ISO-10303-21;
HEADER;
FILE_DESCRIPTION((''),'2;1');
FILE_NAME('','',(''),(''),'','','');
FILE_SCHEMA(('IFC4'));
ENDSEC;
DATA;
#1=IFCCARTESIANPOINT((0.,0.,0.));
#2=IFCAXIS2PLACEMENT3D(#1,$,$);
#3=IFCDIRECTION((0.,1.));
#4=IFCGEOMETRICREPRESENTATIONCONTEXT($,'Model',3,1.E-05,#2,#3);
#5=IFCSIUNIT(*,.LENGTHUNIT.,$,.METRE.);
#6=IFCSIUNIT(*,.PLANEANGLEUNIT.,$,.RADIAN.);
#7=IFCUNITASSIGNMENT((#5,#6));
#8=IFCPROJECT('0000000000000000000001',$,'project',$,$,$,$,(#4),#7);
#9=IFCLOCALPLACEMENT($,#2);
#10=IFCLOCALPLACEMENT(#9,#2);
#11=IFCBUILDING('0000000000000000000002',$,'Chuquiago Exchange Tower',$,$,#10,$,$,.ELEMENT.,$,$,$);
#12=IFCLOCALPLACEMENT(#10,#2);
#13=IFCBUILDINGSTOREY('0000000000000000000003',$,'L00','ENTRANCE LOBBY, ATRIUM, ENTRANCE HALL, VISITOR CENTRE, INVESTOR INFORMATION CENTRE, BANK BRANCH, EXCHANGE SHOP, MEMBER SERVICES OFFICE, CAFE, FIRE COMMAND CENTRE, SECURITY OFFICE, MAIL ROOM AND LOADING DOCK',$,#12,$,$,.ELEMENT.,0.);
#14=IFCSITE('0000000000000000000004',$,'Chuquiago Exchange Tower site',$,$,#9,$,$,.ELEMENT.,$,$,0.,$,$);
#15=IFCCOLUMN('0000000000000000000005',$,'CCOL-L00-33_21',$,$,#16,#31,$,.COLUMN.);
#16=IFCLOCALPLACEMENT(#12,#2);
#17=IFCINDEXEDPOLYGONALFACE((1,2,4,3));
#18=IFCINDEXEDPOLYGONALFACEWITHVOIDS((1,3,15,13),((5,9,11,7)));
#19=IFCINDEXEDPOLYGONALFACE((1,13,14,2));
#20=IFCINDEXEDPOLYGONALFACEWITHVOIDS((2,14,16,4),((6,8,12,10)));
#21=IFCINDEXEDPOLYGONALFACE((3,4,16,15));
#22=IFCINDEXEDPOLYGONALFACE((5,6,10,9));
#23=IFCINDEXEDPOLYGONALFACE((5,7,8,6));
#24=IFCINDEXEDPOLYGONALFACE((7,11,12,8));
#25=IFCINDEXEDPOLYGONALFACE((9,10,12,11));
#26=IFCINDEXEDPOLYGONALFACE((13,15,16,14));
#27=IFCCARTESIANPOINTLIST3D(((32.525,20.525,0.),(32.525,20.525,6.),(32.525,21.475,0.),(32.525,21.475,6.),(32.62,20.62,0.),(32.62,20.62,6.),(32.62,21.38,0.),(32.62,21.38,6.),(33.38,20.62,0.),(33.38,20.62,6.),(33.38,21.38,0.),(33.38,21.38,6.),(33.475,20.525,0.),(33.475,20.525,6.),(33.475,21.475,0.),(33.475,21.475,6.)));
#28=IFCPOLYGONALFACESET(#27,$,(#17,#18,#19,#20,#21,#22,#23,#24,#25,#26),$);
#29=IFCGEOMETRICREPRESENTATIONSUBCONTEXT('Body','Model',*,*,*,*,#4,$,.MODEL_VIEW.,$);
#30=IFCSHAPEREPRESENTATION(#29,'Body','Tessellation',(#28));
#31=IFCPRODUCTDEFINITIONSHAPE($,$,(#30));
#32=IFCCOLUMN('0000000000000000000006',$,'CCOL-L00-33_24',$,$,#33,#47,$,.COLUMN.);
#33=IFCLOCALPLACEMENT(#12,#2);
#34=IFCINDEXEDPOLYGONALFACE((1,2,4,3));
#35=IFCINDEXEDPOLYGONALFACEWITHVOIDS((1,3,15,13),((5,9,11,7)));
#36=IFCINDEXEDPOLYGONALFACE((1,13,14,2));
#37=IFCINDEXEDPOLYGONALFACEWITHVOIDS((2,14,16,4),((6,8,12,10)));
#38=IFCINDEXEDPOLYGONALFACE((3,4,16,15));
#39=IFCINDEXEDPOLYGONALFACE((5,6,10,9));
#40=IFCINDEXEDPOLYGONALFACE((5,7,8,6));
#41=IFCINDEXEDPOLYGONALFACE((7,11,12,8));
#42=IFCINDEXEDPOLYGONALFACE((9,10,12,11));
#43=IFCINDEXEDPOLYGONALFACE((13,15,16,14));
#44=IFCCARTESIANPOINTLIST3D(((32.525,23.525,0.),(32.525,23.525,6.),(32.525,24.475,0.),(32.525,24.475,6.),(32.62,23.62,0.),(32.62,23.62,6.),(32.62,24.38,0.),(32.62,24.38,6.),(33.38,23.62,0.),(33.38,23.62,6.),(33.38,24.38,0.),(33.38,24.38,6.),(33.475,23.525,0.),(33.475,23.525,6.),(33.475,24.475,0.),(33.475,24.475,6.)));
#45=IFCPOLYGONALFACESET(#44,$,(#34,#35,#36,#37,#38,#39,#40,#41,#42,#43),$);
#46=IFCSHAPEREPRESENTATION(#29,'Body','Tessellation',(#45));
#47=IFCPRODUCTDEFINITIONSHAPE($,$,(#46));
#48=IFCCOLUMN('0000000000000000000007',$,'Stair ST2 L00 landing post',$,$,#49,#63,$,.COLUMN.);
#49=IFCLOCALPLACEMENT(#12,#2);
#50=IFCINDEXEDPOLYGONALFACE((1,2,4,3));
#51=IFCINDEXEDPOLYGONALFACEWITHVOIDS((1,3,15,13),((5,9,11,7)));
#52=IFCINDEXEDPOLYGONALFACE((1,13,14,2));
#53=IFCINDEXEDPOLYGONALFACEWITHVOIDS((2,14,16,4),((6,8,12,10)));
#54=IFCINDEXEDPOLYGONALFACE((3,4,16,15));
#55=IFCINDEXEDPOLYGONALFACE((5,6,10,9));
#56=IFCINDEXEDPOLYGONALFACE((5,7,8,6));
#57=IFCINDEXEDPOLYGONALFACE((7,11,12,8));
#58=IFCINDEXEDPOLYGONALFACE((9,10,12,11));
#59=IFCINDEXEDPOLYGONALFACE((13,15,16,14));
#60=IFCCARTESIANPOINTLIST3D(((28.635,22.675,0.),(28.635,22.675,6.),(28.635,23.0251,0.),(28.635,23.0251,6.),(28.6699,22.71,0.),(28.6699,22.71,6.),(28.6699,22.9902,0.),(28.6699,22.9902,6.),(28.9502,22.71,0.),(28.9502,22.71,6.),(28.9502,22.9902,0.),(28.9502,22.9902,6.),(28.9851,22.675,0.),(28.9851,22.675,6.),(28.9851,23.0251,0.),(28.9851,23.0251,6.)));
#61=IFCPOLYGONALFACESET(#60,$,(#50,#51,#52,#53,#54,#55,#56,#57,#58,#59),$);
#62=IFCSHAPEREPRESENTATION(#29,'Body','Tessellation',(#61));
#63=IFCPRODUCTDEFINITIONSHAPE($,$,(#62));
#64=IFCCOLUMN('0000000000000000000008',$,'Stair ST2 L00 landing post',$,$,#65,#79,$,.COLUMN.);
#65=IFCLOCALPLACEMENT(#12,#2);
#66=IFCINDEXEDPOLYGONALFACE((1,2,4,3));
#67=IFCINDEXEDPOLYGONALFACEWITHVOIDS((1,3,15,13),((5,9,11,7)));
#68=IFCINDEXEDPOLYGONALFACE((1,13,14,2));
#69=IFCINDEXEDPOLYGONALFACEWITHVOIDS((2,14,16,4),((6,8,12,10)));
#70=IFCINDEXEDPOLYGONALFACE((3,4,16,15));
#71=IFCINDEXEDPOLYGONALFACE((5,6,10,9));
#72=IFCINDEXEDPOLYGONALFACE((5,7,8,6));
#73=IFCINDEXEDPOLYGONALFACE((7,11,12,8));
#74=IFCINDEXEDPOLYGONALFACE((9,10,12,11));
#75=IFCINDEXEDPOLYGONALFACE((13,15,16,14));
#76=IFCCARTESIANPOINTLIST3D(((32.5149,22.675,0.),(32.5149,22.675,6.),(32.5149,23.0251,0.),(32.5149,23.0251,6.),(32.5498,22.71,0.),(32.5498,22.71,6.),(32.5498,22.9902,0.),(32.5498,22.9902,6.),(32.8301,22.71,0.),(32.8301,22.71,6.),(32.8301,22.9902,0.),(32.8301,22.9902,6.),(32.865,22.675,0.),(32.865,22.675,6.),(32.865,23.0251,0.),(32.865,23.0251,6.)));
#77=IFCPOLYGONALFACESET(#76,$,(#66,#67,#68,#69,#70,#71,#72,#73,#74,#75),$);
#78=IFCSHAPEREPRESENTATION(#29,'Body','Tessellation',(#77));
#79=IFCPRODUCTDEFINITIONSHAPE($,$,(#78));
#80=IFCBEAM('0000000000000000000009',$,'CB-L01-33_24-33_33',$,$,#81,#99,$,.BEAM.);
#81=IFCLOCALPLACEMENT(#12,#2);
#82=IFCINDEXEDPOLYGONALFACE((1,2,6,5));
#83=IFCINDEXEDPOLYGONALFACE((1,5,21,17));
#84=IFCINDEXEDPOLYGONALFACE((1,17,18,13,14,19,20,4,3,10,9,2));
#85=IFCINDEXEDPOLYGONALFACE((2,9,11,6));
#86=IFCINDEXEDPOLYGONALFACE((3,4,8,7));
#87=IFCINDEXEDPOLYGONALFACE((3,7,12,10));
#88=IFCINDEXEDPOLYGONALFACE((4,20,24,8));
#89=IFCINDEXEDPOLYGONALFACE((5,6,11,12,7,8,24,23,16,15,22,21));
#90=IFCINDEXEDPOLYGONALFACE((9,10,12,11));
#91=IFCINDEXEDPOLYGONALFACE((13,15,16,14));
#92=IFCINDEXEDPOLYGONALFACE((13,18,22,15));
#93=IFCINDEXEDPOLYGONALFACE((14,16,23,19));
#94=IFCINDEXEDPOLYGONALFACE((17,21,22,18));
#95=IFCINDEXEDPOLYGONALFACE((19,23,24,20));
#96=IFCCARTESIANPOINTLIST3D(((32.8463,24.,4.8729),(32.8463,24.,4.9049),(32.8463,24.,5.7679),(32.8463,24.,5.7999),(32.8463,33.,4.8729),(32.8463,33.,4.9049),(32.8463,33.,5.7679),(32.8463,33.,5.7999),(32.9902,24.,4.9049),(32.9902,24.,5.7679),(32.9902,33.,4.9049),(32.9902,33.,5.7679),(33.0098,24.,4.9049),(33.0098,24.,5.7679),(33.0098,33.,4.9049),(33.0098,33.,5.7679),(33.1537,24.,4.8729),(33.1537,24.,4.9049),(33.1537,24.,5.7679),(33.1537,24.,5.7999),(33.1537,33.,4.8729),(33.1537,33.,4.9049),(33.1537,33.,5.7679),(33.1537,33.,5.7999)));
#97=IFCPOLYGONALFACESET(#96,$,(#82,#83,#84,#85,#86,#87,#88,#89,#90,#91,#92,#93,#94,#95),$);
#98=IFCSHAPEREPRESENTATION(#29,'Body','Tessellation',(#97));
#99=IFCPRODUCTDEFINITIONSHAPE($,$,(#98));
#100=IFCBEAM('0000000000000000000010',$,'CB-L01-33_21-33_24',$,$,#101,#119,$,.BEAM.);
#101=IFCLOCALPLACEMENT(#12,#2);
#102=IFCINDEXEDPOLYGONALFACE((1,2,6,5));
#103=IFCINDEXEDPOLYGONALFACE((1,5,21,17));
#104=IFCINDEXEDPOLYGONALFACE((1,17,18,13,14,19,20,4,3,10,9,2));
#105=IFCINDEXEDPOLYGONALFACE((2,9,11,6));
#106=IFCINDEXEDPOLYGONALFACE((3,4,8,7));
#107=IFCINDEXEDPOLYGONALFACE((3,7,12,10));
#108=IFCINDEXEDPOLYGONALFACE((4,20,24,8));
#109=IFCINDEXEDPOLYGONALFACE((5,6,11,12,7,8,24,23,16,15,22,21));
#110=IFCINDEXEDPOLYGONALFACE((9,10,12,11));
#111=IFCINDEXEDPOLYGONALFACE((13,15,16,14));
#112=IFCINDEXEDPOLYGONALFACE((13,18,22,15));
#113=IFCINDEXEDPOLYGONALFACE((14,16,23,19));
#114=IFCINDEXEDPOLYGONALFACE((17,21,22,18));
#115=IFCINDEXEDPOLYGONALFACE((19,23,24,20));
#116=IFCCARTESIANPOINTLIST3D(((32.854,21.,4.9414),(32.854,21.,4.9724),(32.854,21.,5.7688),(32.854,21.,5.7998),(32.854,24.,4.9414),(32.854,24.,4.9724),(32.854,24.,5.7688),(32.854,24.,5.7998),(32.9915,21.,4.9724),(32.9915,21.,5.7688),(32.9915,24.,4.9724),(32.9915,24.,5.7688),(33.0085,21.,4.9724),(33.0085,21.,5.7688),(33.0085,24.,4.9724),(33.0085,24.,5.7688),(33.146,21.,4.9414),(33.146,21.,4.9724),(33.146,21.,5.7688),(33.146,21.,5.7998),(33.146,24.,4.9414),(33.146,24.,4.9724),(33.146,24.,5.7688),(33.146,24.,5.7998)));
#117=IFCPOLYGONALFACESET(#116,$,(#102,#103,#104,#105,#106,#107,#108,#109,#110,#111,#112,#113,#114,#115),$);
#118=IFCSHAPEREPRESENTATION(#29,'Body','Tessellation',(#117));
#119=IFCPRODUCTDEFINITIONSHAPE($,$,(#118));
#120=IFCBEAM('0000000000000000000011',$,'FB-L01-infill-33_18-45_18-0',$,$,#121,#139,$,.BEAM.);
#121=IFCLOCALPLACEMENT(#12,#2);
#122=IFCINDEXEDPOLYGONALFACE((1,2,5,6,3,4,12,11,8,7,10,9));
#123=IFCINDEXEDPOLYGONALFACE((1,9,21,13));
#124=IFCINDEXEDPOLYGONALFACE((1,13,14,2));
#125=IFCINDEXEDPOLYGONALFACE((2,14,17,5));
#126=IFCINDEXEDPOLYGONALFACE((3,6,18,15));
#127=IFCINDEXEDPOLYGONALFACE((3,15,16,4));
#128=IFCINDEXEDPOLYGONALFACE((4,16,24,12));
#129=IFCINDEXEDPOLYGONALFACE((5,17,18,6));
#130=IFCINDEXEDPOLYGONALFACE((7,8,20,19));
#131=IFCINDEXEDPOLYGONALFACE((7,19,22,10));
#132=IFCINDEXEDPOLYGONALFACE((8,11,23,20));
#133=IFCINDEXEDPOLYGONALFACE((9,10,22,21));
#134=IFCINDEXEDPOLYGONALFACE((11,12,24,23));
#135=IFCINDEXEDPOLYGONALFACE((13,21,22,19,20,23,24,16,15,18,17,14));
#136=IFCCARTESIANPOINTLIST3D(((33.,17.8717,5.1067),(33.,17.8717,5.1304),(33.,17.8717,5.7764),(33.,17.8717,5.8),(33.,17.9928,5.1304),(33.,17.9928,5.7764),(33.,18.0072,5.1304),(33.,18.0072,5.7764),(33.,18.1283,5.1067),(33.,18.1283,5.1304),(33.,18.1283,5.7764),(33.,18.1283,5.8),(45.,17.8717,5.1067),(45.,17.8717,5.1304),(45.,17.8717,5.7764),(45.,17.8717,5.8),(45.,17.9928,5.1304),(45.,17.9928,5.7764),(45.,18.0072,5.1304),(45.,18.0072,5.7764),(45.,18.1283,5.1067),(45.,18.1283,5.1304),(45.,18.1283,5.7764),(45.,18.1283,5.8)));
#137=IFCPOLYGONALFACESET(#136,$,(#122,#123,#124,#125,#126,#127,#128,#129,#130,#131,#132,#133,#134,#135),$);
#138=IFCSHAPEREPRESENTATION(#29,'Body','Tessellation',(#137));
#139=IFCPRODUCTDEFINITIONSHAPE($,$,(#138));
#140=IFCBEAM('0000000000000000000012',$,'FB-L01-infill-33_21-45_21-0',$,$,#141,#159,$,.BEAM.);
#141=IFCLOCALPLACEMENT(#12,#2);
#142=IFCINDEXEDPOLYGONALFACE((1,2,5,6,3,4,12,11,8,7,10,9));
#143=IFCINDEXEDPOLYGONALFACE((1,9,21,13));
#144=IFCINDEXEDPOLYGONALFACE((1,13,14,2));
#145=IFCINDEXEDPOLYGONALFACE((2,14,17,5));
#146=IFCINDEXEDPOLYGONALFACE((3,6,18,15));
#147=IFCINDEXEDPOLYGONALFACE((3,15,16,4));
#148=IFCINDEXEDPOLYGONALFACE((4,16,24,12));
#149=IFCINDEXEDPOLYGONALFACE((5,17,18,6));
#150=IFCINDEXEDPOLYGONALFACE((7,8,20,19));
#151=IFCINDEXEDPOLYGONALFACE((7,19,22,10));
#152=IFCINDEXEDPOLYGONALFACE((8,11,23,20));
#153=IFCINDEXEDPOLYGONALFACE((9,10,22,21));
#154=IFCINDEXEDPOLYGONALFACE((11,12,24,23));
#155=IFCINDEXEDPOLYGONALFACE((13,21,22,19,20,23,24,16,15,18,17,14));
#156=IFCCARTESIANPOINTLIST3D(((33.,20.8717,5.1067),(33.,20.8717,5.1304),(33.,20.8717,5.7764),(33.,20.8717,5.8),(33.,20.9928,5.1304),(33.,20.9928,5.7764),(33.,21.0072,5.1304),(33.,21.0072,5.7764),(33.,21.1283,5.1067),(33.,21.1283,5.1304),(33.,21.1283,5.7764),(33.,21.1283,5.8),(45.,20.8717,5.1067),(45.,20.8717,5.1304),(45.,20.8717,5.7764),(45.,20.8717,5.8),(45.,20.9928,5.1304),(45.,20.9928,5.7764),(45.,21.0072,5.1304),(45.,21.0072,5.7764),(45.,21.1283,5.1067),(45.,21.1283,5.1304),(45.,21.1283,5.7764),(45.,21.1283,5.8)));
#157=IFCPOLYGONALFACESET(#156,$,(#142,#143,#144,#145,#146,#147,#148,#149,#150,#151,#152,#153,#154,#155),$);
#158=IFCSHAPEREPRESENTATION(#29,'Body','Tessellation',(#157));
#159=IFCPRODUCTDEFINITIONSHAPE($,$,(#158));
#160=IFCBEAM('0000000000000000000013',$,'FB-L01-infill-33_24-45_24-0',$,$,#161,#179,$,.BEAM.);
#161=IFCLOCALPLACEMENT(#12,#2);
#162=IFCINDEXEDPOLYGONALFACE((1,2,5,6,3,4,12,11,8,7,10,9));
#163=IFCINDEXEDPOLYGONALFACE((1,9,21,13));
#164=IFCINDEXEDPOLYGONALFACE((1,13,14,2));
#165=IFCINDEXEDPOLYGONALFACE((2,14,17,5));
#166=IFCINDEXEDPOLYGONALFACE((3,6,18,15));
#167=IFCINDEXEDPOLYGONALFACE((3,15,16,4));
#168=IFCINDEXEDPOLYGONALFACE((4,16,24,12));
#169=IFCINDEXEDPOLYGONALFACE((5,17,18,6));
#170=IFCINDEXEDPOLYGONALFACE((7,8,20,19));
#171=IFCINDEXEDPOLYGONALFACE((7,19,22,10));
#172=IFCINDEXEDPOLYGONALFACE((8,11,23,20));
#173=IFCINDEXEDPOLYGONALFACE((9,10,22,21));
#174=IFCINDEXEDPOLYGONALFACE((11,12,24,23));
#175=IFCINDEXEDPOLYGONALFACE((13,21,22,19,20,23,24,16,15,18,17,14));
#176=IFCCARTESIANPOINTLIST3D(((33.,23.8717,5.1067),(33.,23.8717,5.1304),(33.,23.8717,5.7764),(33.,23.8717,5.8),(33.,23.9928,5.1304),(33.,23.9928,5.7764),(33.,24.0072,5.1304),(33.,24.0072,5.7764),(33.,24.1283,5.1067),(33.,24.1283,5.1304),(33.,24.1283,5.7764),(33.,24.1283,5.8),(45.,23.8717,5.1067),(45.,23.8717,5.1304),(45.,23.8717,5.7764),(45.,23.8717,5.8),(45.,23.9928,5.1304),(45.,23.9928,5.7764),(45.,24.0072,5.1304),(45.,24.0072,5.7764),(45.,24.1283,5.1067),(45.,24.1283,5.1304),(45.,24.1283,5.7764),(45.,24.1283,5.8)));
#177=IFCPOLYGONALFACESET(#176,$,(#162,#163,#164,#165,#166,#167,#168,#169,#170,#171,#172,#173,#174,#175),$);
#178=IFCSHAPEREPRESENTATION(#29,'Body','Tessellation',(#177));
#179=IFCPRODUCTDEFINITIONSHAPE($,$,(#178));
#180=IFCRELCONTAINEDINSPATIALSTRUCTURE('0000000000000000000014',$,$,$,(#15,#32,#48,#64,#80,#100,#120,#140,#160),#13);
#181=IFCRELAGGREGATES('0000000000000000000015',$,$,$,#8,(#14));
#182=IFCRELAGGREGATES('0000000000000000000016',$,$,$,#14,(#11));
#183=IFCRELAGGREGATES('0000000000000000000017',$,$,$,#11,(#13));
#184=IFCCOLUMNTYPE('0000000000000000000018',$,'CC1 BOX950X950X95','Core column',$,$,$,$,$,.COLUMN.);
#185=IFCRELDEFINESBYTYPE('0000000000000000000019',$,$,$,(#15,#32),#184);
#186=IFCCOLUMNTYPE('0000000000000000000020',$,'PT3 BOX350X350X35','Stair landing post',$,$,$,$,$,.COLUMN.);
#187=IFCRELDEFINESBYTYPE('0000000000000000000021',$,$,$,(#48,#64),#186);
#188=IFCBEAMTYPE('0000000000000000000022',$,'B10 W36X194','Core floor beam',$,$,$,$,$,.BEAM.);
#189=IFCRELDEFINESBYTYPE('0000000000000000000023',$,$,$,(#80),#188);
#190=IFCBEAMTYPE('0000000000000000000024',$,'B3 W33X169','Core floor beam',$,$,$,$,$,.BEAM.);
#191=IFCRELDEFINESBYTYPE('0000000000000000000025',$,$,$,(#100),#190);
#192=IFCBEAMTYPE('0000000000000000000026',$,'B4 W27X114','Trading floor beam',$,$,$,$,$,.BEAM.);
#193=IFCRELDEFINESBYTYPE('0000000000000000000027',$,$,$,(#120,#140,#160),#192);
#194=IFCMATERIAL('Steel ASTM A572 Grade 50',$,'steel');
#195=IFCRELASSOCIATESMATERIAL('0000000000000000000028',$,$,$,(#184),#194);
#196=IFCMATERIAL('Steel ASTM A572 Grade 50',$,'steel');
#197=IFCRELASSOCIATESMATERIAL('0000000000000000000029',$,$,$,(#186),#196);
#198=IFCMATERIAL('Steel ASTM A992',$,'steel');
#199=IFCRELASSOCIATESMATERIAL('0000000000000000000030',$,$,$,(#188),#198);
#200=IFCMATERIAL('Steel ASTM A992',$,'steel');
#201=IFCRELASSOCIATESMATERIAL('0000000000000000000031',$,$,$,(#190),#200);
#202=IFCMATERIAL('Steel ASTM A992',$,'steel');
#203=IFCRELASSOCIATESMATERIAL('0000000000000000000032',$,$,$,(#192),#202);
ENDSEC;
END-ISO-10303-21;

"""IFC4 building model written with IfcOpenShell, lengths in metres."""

from ifc_helpers import new_model, si_unit, direction, frame, origin, origin_2d, place, context, subcontext, project, spatial, hollow_rectangle, i_section, extrude, material, material_profile, profile_set, type_object, element, save


model = new_model("IFC4")

# Units and contexts
model_context = context("Model", 3, precision=1e-05, world=origin(), true_north=direction((0.0, 1.0)))
body_context = subcontext(model_context, "Body", "Model", "MODEL_VIEW")
ifc_project = project(units=[si_unit("LENGTHUNIT", "METRE"), si_unit("PLANEANGLEUNIT", "RADIAN")], contexts=[model_context])

# Site, building, storey
site_placement = place(None, origin())
site = spatial("IfcSite", under=ifc_project, at=site_placement, Name="Chuquiago Exchange Tower site", CompositionType="ELEMENT", RefElevation=0.0)
building_placement = place(site_placement, origin())
building = spatial("IfcBuilding", under=site, at=building_placement, Name="Chuquiago Exchange Tower", CompositionType="ELEMENT")
storey_placement = place(building_placement, origin())
storey = spatial("IfcBuildingStorey", under=building, at=storey_placement, Name="L00", Description="ENTRANCE LOBBY, ATRIUM, ENTRANCE HALL, VISITOR CENTRE, INVESTOR INFORMATION CENTRE, BANK BRANCH, EXCHANGE SHOP, MEMBER SERVICES OFFICE, CAFE, FIRE COMMAND CENTRE, SECURITY OFFICE, MAIL ROOM AND LOADING DOCK", CompositionType="ELEMENT", Elevation=0.0)

# Columns
ifc_material_1 = material(Name="Steel ASTM A572 Grade 50", Category="steel")
ifc_material_profile_1 = material_profile(ifc_material_1, hollow_rectangle(XDim=0.95, YDim=0.95, WallThickness=0.095, at=origin_2d()), Name="BOX950X950X95")
ifc_profile_set_1 = profile_set([ifc_material_profile_1], Name="Steel ASTM A572 Grade 50")
column_type_1 = type_object("IfcColumnType", Name="CC1 BOX950X950X95", Description="Core column", PredefinedType="COLUMN", material=ifc_profile_set_1)
for number, where, z_axis, x_axis, name in (
    (1, (33.0, 21.0, 0.0), (0.0, 0.0, 1.0), (1.0, 0.0, 0.0), "CCOL-L00-33_21"),
    (2, (33.0, 24.0, 0.0), (0.0, 0.0, 1.0), (1.0, 0.0, 0.0), "CCOL-L00-33_24"),
):
    element("IfcColumn", number, at=place(storey_placement, frame(where, z_axis=z_axis, x_axis=x_axis)), inside=storey, type_object=column_type_1, Name=name, PredefinedType="COLUMN", context=body_context, shape_type="SweptSolid", body=[
        extrude(hollow_rectangle(XDim=0.95, YDim=0.95, WallThickness=0.095, at=origin_2d()), origin(), (0.0, 0.0, 1.0), 6.0),
    ])
ifc_material_2 = material(Name="Steel ASTM A572 Grade 50", Category="steel")
ifc_material_profile_2 = material_profile(ifc_material_2, hollow_rectangle(XDim=0.3501, YDim=0.3501, WallThickness=0.0349, at=origin_2d()), Name="BOX350X350X35")
ifc_profile_set_2 = profile_set([ifc_material_profile_2], Name="Steel ASTM A572 Grade 50")
column_type_2 = type_object("IfcColumnType", Name="PT3 BOX350X350X35", Description="Stair landing post", PredefinedType="COLUMN", material=ifc_profile_set_2)
for number, where, z_axis, x_axis, name in (
    (3, (28.8101, 22.8501, 0.0), (0.0, 0.0, 1.0), (1.0, 0.0, 0.0), "Stair ST2 L00 landing post"),
    (4, (32.6899, 22.8501, 0.0), (0.0, 0.0, 1.0), (1.0, 0.0, 0.0), "Stair ST2 L00 landing post"),
):
    element("IfcColumn", number, at=place(storey_placement, frame(where, z_axis=z_axis, x_axis=x_axis)), inside=storey, type_object=column_type_2, Name=name, PredefinedType="COLUMN", context=body_context, shape_type="SweptSolid", body=[
        extrude(hollow_rectangle(XDim=0.3501, YDim=0.3501, WallThickness=0.0349, at=origin_2d()), origin(), (0.0, 0.0, 1.0), 6.0),
    ])

# Beams
ifc_material_3 = material(Name="Steel ASTM A992", Category="steel")
ifc_material_profile_3 = material_profile(ifc_material_3, i_section(OverallWidth=0.3074, OverallDepth=0.927, WebThickness=0.0195, FlangeThickness=0.032, at=origin_2d()), Name="W36X194")
ifc_profile_set_3 = profile_set([ifc_material_profile_3], Name="Steel ASTM A992")
beam_type_1 = type_object("IfcBeamType", Name="B10 W36X194", Description="Core floor beam", PredefinedType="BEAM", material=ifc_profile_set_3)
beam_1_placement = place(storey_placement, frame((33.0, 24.0, 5.3364), z_axis=(0.0, 1.0, 0.0), x_axis=(-1.0, 0.0, 0.0)))
element("IfcBeam", 5, at=beam_1_placement, inside=storey, type_object=beam_type_1, Name="CB-L01-33_24-33_33", PredefinedType="BEAM", context=body_context, shape_type="SweptSolid", body=[
    extrude(i_section(OverallWidth=0.3074, OverallDepth=0.927, WebThickness=0.0195, FlangeThickness=0.032, at=origin_2d()), origin(), (0.0, 0.0, 1.0), 9.0),
])
ifc_material_4 = material(Name="Steel ASTM A992", Category="steel")
ifc_material_profile_4 = material_profile(ifc_material_4, i_section(OverallWidth=0.292, OverallDepth=0.8584, WebThickness=0.0171, FlangeThickness=0.031, at=origin_2d()), Name="W33X169")
ifc_profile_set_4 = profile_set([ifc_material_profile_4], Name="Steel ASTM A992")
beam_type_2 = type_object("IfcBeamType", Name="B3 W33X169", Description="Core floor beam", PredefinedType="BEAM", material=ifc_profile_set_4)
beam_2_placement = place(storey_placement, frame((33.0, 21.0, 5.3706), z_axis=(0.0, 1.0, 0.0), x_axis=(-1.0, 0.0, 0.0)))
element("IfcBeam", 6, at=beam_2_placement, inside=storey, type_object=beam_type_2, Name="CB-L01-33_21-33_24", PredefinedType="BEAM", context=body_context, shape_type="SweptSolid", body=[
    extrude(i_section(OverallWidth=0.292, OverallDepth=0.8584, WebThickness=0.0171, FlangeThickness=0.031, at=origin_2d()), origin(), (0.0, 0.0, 1.0), 3.0),
])
ifc_material_5 = material(Name="Steel ASTM A992", Category="steel")
ifc_material_profile_5 = material_profile(ifc_material_5, i_section(OverallWidth=0.2566, OverallDepth=0.6934, WebThickness=0.0144, FlangeThickness=0.0237, at=origin_2d()), Name="W27X114")
ifc_profile_set_5 = profile_set([ifc_material_profile_5], Name="Steel ASTM A992")
beam_type_3 = type_object("IfcBeamType", Name="B4 W27X114", Description="Trading floor beam", PredefinedType="BEAM", material=ifc_profile_set_5)
for number, where, z_axis, x_axis, name in (
    (7, (33.0, 18.0, 5.4534), (1.0, 0.0, 0.0), (0.0, 1.0, 0.0), "FB-L01-infill-33_18-45_18-0"),
    (8, (33.0, 21.0, 5.4534), (1.0, 0.0, 0.0), (0.0, 1.0, 0.0), "FB-L01-infill-33_21-45_21-0"),
    (9, (33.0, 24.0, 5.4534), (1.0, 0.0, 0.0), (0.0, 1.0, 0.0), "FB-L01-infill-33_24-45_24-0"),
):
    element("IfcBeam", number, at=place(storey_placement, frame(where, z_axis=z_axis, x_axis=x_axis)), inside=storey, type_object=beam_type_3, Name=name, PredefinedType="BEAM", context=body_context, shape_type="SweptSolid", body=[
        extrude(i_section(OverallWidth=0.2566, OverallDepth=0.6934, WebThickness=0.0144, FlangeThickness=0.0237, at=origin_2d()), origin(), (0.0, 0.0, 1.0), 12.0),
    ])

save(model, "model.ifc")
